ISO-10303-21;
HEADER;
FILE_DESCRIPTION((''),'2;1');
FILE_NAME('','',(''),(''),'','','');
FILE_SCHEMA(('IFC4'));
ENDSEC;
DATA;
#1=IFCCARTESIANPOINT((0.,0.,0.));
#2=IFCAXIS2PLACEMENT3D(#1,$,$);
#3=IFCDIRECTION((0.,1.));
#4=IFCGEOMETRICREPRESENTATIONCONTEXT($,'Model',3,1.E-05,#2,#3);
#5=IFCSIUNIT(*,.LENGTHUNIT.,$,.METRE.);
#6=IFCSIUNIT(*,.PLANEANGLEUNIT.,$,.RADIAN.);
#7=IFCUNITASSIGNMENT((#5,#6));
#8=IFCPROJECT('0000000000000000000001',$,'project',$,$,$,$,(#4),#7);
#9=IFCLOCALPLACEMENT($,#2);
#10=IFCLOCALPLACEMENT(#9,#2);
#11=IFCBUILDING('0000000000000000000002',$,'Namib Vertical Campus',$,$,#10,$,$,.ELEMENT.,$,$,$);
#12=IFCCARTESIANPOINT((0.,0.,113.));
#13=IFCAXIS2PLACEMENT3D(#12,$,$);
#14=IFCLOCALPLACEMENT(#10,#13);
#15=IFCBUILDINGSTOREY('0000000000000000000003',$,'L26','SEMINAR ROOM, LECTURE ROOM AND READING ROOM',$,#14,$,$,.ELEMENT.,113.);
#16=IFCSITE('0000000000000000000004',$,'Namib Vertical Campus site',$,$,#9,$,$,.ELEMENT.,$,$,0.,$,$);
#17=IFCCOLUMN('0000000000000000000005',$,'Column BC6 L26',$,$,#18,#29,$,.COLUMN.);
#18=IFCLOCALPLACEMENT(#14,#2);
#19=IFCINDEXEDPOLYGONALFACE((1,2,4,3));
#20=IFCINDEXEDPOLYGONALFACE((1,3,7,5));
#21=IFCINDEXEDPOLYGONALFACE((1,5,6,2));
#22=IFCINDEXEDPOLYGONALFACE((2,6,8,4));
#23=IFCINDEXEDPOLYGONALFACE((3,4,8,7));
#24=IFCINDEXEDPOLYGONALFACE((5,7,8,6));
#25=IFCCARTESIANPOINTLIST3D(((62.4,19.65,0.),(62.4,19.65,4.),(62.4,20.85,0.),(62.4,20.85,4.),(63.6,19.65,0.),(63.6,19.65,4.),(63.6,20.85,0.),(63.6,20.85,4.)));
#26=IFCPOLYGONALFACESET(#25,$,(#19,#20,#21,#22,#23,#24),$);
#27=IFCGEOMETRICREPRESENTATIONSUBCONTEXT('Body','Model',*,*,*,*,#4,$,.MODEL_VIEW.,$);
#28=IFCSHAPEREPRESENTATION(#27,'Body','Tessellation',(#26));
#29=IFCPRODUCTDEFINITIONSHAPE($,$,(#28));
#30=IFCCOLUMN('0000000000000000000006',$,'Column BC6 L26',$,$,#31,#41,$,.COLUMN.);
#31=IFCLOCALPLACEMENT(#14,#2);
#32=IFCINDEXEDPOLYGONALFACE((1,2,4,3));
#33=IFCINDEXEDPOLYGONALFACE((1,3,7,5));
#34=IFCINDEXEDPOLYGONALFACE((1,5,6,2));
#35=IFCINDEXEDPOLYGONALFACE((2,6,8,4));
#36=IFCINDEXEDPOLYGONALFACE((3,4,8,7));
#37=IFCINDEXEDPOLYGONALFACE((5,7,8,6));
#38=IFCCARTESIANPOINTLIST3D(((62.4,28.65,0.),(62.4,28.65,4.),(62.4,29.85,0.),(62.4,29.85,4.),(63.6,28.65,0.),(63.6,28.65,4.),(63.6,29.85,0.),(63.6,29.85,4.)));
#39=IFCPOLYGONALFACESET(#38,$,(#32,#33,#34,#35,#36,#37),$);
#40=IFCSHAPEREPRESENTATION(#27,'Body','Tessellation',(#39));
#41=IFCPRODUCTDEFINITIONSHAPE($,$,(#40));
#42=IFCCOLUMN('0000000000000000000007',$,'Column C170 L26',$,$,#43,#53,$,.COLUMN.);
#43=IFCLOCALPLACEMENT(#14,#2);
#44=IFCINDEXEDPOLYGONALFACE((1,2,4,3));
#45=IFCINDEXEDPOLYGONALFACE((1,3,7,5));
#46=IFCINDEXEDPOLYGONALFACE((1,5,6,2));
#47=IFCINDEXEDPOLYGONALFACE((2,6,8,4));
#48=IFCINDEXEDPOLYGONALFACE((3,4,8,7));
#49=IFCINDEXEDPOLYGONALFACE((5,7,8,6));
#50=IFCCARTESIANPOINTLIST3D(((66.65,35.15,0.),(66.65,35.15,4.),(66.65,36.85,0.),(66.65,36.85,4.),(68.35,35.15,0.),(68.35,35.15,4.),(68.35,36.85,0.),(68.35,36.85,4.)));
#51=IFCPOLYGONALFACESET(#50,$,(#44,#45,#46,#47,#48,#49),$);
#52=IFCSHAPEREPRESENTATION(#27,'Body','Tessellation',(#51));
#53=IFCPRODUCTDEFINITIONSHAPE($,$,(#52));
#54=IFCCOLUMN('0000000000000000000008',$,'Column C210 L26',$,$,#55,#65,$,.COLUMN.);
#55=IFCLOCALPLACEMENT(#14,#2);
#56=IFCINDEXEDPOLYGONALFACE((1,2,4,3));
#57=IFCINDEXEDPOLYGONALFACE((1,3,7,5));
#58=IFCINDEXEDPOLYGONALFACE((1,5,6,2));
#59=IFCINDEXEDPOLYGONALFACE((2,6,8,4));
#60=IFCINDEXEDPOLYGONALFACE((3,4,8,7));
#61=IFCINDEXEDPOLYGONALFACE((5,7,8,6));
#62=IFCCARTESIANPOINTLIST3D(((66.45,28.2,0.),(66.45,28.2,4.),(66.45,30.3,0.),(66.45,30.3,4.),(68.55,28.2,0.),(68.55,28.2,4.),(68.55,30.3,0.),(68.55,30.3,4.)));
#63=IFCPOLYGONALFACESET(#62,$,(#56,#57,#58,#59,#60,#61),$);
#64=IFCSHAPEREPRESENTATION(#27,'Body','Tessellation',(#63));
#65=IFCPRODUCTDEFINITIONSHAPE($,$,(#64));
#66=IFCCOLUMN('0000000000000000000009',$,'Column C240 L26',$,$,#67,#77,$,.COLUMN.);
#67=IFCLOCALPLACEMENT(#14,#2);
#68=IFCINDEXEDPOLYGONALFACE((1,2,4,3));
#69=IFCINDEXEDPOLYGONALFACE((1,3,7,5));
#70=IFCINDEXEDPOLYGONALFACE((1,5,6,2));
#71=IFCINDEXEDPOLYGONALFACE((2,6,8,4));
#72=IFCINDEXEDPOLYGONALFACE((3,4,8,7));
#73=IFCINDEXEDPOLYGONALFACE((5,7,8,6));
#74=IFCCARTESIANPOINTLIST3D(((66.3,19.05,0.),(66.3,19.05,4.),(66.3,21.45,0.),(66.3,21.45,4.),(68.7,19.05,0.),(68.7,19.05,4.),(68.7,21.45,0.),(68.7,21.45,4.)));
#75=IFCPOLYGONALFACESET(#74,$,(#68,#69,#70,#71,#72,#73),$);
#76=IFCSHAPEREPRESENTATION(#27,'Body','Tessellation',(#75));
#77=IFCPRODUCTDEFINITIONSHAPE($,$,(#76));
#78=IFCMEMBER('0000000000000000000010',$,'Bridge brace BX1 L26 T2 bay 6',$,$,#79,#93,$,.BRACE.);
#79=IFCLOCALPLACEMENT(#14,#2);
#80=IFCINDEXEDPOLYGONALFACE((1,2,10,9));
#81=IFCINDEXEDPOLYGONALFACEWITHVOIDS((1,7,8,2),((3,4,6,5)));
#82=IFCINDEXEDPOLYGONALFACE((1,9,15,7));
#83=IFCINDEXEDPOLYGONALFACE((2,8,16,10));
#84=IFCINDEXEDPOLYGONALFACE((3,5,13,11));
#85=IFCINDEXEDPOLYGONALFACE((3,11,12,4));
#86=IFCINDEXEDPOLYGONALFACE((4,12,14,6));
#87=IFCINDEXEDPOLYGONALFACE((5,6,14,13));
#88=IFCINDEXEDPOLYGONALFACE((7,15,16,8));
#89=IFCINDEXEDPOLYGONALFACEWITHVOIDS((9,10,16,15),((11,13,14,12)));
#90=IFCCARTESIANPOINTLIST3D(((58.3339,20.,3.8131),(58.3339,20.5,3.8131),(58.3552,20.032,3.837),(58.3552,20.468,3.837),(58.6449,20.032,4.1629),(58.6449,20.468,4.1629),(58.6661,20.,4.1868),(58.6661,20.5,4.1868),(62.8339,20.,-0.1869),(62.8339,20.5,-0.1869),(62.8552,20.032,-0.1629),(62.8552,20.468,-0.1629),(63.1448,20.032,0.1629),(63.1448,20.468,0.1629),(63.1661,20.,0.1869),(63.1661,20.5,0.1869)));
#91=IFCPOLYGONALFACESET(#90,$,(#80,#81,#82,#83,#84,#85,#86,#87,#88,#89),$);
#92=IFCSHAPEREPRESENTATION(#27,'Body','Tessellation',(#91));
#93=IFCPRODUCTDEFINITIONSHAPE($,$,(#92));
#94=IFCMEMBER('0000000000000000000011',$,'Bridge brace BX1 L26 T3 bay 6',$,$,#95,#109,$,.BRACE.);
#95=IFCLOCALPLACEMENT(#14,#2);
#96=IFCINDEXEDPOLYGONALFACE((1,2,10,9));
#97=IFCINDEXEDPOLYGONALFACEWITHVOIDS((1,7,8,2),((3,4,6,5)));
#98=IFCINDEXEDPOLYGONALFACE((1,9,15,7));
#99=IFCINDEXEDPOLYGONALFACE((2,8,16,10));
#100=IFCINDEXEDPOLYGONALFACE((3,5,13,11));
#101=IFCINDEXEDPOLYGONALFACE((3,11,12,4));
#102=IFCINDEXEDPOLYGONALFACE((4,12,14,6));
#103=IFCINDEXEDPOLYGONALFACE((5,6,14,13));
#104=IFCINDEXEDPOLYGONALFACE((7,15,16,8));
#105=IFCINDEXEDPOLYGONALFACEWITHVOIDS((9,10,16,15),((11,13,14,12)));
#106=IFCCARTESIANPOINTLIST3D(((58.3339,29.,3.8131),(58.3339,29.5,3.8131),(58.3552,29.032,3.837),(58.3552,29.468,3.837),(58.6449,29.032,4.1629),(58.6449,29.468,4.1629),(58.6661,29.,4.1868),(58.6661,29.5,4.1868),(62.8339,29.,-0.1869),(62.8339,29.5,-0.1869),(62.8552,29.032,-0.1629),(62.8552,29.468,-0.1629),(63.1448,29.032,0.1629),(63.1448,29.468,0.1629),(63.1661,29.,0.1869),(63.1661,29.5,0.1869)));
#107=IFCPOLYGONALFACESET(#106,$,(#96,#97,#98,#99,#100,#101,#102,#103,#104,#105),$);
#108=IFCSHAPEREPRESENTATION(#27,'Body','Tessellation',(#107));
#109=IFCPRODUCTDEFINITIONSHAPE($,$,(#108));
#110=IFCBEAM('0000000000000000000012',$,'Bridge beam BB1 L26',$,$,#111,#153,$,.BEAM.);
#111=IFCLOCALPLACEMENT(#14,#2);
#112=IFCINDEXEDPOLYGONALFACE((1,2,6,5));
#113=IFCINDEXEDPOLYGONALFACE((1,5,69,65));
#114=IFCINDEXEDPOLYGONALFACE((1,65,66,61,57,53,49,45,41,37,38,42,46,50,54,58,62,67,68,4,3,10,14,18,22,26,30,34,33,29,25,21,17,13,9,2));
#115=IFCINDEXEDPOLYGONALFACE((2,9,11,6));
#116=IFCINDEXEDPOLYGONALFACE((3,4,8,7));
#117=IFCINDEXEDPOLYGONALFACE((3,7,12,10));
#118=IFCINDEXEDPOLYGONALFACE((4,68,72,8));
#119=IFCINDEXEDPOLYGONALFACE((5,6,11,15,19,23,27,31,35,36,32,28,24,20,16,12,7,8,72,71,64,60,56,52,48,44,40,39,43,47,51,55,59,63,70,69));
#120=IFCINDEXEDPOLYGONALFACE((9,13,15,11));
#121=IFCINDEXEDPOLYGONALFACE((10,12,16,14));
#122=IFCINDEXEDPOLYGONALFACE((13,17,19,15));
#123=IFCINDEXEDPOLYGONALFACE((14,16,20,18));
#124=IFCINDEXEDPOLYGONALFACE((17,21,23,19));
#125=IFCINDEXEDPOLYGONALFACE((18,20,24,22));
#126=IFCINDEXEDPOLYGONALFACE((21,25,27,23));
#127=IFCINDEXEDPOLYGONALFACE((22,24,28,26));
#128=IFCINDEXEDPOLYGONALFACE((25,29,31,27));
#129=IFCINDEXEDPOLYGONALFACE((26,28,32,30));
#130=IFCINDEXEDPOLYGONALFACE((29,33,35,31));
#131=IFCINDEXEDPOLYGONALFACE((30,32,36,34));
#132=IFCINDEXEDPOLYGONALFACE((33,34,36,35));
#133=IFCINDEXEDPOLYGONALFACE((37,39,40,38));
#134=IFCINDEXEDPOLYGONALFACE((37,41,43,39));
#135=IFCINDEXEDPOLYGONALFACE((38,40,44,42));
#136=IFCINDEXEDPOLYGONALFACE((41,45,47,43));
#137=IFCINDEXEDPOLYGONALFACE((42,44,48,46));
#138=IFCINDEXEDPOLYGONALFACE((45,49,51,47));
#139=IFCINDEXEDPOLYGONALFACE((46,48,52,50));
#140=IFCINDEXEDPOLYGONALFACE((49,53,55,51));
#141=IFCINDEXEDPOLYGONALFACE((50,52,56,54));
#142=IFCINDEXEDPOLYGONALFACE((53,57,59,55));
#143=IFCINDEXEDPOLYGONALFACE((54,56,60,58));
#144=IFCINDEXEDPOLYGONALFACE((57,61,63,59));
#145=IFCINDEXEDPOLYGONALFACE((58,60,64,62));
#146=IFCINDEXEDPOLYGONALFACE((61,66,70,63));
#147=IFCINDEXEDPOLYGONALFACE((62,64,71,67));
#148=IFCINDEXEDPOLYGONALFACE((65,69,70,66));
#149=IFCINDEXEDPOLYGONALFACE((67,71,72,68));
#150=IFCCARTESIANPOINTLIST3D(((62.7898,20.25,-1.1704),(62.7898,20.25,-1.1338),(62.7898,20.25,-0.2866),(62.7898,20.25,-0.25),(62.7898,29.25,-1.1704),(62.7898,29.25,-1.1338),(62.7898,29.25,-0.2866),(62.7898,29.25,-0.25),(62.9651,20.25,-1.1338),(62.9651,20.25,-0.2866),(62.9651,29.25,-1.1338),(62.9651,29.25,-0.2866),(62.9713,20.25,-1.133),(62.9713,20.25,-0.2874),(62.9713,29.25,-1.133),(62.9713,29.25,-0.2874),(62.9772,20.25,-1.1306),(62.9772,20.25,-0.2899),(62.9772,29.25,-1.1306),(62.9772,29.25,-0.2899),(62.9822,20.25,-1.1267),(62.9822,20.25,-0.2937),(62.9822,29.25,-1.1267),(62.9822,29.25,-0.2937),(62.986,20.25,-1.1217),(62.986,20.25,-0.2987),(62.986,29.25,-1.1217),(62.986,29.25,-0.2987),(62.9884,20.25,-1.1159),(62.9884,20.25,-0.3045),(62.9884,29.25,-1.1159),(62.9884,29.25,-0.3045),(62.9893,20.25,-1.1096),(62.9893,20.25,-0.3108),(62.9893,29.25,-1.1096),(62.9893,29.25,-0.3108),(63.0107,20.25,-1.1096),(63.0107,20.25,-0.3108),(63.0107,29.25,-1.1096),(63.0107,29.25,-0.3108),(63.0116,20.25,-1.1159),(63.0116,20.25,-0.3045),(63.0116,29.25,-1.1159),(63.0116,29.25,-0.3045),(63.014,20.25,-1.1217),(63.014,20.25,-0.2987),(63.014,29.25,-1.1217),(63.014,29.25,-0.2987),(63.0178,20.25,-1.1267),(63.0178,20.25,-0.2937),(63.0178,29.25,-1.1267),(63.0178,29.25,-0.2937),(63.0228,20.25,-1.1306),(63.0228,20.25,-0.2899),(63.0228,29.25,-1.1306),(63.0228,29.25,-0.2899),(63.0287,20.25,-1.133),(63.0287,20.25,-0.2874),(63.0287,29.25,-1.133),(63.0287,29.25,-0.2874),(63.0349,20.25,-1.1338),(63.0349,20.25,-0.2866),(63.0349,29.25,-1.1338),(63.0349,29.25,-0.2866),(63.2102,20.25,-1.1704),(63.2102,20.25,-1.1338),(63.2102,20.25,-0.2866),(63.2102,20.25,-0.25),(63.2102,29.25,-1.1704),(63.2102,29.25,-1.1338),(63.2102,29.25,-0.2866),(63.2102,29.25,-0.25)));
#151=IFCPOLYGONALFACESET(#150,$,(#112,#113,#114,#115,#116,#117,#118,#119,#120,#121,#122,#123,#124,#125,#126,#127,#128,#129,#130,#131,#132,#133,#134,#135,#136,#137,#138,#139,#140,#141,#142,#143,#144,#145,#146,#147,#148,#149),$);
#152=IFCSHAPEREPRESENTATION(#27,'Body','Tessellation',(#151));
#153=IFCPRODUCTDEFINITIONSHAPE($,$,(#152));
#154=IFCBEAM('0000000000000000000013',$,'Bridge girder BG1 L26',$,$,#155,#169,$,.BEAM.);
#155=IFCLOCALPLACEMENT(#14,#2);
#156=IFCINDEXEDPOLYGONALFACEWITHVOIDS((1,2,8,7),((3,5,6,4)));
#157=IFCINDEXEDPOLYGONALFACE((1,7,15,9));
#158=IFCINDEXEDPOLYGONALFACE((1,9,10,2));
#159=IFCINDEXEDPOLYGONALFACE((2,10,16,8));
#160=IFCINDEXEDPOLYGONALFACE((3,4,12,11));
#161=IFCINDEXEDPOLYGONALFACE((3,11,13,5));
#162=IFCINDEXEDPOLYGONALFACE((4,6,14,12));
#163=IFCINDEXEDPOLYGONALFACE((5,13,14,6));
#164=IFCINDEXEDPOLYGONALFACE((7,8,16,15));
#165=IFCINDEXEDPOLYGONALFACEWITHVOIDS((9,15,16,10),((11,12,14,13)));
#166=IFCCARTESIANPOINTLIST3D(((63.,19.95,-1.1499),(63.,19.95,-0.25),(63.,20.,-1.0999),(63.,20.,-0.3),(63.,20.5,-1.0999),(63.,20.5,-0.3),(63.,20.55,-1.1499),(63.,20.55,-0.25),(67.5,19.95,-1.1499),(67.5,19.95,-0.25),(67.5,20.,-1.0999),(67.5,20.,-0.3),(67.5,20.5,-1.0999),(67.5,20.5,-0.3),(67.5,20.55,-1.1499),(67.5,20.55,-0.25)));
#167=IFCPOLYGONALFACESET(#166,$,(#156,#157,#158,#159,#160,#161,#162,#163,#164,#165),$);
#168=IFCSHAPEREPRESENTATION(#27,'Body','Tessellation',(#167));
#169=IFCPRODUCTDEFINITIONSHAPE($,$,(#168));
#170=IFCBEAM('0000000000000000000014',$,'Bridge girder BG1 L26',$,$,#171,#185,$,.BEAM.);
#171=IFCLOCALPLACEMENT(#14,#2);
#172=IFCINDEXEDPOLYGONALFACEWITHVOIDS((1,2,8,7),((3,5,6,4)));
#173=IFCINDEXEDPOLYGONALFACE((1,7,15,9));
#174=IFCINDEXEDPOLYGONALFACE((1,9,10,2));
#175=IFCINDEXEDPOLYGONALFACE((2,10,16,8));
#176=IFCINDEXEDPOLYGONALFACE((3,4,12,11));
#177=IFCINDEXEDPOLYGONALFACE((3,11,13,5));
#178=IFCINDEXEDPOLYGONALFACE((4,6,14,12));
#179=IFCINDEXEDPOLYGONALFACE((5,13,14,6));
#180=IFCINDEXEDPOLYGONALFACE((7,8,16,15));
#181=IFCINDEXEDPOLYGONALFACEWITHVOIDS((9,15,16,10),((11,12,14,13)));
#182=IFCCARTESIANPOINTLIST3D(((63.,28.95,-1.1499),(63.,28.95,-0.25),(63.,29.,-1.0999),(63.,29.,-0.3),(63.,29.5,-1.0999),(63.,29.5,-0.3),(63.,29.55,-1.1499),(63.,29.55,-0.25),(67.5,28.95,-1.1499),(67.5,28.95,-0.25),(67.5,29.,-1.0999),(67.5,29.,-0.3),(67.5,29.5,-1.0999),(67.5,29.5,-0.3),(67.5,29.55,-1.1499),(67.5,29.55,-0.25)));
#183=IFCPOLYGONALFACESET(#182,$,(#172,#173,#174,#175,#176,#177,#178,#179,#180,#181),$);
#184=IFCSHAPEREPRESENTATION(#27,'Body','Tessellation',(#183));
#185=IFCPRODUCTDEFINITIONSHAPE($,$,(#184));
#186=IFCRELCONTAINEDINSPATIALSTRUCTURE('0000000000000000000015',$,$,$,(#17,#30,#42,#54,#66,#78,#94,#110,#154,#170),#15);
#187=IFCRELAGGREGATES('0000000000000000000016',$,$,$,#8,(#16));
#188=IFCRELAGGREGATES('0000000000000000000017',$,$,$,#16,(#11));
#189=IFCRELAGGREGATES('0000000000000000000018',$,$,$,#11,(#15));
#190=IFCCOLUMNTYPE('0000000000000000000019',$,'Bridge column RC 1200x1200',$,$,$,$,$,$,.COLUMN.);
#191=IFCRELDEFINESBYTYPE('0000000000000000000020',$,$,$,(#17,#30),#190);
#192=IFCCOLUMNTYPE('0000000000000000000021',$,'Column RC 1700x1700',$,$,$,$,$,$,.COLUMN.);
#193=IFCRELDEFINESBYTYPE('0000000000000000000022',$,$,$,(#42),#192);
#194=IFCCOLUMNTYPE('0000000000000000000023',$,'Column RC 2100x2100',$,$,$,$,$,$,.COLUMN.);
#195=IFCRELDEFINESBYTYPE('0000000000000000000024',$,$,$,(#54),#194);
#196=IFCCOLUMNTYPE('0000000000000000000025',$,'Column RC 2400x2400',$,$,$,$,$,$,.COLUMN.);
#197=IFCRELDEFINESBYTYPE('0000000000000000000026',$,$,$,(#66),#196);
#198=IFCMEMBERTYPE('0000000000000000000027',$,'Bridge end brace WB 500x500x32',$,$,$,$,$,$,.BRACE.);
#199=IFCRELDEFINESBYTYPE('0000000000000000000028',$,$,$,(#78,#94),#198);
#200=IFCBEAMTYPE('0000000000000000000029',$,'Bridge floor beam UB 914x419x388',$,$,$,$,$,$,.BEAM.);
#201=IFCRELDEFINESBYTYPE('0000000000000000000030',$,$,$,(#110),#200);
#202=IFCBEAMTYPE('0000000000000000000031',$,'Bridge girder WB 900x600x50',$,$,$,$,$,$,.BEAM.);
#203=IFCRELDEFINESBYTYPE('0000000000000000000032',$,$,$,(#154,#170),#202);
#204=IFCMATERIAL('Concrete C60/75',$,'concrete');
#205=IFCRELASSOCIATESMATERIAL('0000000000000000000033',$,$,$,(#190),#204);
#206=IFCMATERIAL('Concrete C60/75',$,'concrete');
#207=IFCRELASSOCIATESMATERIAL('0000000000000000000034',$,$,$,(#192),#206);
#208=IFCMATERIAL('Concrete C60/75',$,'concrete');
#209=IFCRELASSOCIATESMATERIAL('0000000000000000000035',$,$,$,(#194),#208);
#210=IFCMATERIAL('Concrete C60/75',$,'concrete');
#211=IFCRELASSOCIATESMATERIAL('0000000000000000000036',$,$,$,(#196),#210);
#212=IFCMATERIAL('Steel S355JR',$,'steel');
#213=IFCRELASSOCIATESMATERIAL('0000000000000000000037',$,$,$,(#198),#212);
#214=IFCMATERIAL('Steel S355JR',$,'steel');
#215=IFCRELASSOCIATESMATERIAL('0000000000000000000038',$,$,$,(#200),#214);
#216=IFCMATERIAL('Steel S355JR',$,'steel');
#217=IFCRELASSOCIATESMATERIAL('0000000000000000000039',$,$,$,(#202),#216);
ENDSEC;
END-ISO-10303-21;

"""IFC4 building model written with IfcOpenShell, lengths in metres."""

from ifc_helpers import new_model, si_unit, direction, frame, origin, origin_2d, place, context, subcontext, project, spatial, rectangle, hollow_rectangle, i_section, extrude, material, material_profile, profile_set, type_object, element, save


model = new_model("IFC4")

# Units and contexts
model_context = context("Model", 3, precision=1e-05, world=origin(), true_north=direction((0.0, 1.0)))
body_context = subcontext(model_context, "Body", "Model", "MODEL_VIEW")
ifc_project = project(units=[si_unit("LENGTHUNIT", "METRE"), si_unit("PLANEANGLEUNIT", "RADIAN")], contexts=[model_context])

# Site, building, storey
site_placement = place(None, origin())
site = spatial("IfcSite", under=ifc_project, at=site_placement, Name="Namib Vertical Campus site", CompositionType="ELEMENT", RefElevation=0.0)
building_placement = place(site_placement, origin())
building = spatial("IfcBuilding", under=site, at=building_placement, Name="Namib Vertical Campus", CompositionType="ELEMENT")
storey_placement = place(building_placement, frame((0.0, 0.0, 113.0)))
storey = spatial("IfcBuildingStorey", under=building, at=storey_placement, Name="L26", Description="SEMINAR ROOM, LECTURE ROOM AND READING ROOM", CompositionType="ELEMENT", Elevation=113.0)

# Columns
ifc_material_1 = material(Name="Concrete C60/75", Category="concrete")
ifc_material_profile_1 = material_profile(ifc_material_1, rectangle(XDim=1.2, YDim=1.2, at=origin_2d()))
ifc_profile_set_1 = profile_set([ifc_material_profile_1], Name="Concrete C60/75")
column_type_1 = type_object("IfcColumnType", Name="Bridge column RC 1200x1200", PredefinedType="COLUMN", material=ifc_profile_set_1)
for number, where, z_axis, x_axis, name in (
    (1, (63.0, 20.25, 0.0), (0.0, 0.0, 1.0), (1.0, 0.0, 0.0), "Column BC6 L26"),
    (2, (63.0, 29.25, 0.0), (0.0, 0.0, 1.0), (1.0, 0.0, 0.0), "Column BC6 L26"),
):
    element("IfcColumn", number, at=place(storey_placement, frame(where, z_axis=z_axis, x_axis=x_axis)), inside=storey, type_object=column_type_1, Name=name, PredefinedType="COLUMN", context=body_context, shape_type="SweptSolid", body=[
        extrude(rectangle(XDim=1.2, YDim=1.2, at=origin_2d()), origin(), (0.0, 0.0, 1.0), 4.0),
    ])
ifc_material_2 = material(Name="Concrete C60/75", Category="concrete")
ifc_material_profile_2 = material_profile(ifc_material_2, rectangle(XDim=1.7, YDim=1.7, at=origin_2d()))
ifc_profile_set_2 = profile_set([ifc_material_profile_2], Name="Concrete C60/75")
column_type_2 = type_object("IfcColumnType", Name="Column RC 1700x1700", PredefinedType="COLUMN", material=ifc_profile_set_2)
column_1_placement = place(storey_placement, frame((67.5, 36.0, 0.0), z_axis=(0.0, 0.0, 1.0), x_axis=(1.0, 0.0, 0.0)))
element("IfcColumn", 3, at=column_1_placement, inside=storey, type_object=column_type_2, Name="Column C170 L26", PredefinedType="COLUMN", context=body_context, shape_type="SweptSolid", body=[
    extrude(rectangle(XDim=1.7, YDim=1.7, at=origin_2d()), origin(), (0.0, 0.0, 1.0), 4.0),
])
ifc_material_3 = material(Name="Concrete C60/75", Category="concrete")
ifc_material_profile_3 = material_profile(ifc_material_3, rectangle(XDim=2.1001, YDim=2.1001, at=origin_2d()))
ifc_profile_set_3 = profile_set([ifc_material_profile_3], Name="Concrete C60/75")
column_type_3 = type_object("IfcColumnType", Name="Column RC 2100x2100", PredefinedType="COLUMN", material=ifc_profile_set_3)
column_2_placement = place(storey_placement, frame((67.5, 29.25, 0.0), z_axis=(0.0, 0.0, 1.0), x_axis=(1.0, 0.0, 0.0)))
element("IfcColumn", 4, at=column_2_placement, inside=storey, type_object=column_type_3, Name="Column C210 L26", PredefinedType="COLUMN", context=body_context, shape_type="SweptSolid", body=[
    extrude(rectangle(XDim=2.1001, YDim=2.1001, at=origin_2d()), origin(), (0.0, 0.0, 1.0), 4.0),
])
ifc_material_4 = material(Name="Concrete C60/75", Category="concrete")
ifc_material_profile_4 = material_profile(ifc_material_4, rectangle(XDim=2.3999, YDim=2.3999, at=origin_2d()))
ifc_profile_set_4 = profile_set([ifc_material_profile_4], Name="Concrete C60/75")
column_type_4 = type_object("IfcColumnType", Name="Column RC 2400x2400", PredefinedType="COLUMN", material=ifc_profile_set_4)
column_3_placement = place(storey_placement, frame((67.5, 20.25, 0.0), z_axis=(0.0, 0.0, 1.0), x_axis=(1.0, 0.0, 0.0)))
element("IfcColumn", 5, at=column_3_placement, inside=storey, type_object=column_type_4, Name="Column C240 L26", PredefinedType="COLUMN", context=body_context, shape_type="SweptSolid", body=[
    extrude(rectangle(XDim=2.3999, YDim=2.3999, at=origin_2d()), origin(), (0.0, 0.0, 1.0), 4.0),
])

# Members
ifc_material_5 = material(Name="Steel S355JR", Category="steel")
ifc_material_profile_5 = material_profile(ifc_material_5, hollow_rectangle(XDim=0.5, YDim=0.5, WallThickness=0.032, at=origin_2d()))
ifc_profile_set_5 = profile_set([ifc_material_profile_5], Name="Steel S355JR")
member_type_1 = type_object("IfcMemberType", Name="Bridge end brace WB 500x500x32", PredefinedType="BRACE", material=ifc_profile_set_5)
for number, where, z_axis, x_axis, name in (
    (6, (63.0, 20.25, 0.0), (-0.747409, 0.0, 0.664364), (0.0, -1.0, 0.0), "Bridge brace BX1 L26 T2 bay 6"),
    (7, (63.0, 29.25, 0.0), (-0.747409, 0.0, 0.664364), (0.0, -1.0, 0.0), "Bridge brace BX1 L26 T3 bay 6"),
):
    element("IfcMember", number, at=place(storey_placement, frame(where, z_axis=z_axis, x_axis=x_axis)), inside=storey, type_object=member_type_1, Name=name, PredefinedType="BRACE", context=body_context, shape_type="SweptSolid", body=[
        extrude(hollow_rectangle(XDim=0.5, YDim=0.5, WallThickness=0.032, at=origin_2d()), origin(), (0.0, 0.0, 1.0), 6.0208),
    ])

# Beams
ifc_material_6 = material(Name="Steel S355JR", Category="steel")
ifc_material_profile_6 = material_profile(ifc_material_6, i_section(OverallWidth=0.4204, OverallDepth=0.9204, WebThickness=0.0215, FlangeThickness=0.0366, FilletRadius=0.0242, at=origin_2d()))
ifc_profile_set_6 = profile_set([ifc_material_profile_6], Name="Steel S355JR")
beam_type_1 = type_object("IfcBeamType", Name="Bridge floor beam UB 914x419x388", PredefinedType="BEAM", material=ifc_profile_set_6)
beam_1_placement = place(storey_placement, frame((63.0, 20.25, -0.7102), z_axis=(0.0, 1.0, 0.0), x_axis=(-1.0, 0.0, 0.0)))
element("IfcBeam", 8, at=beam_1_placement, inside=storey, type_object=beam_type_1, Name="Bridge beam BB1 L26", PredefinedType="BEAM", context=body_context, shape_type="SweptSolid", body=[
    extrude(i_section(OverallWidth=0.4204, OverallDepth=0.9204, WebThickness=0.0215, FlangeThickness=0.0366, FilletRadius=0.0242, at=origin_2d()), origin(), (0.0, 0.0, 1.0), 9.0),
])
ifc_material_7 = material(Name="Steel S355JR", Category="steel")
ifc_material_profile_7 = material_profile(ifc_material_7, hollow_rectangle(XDim=0.6001, YDim=0.8999, WallThickness=0.05, at=origin_2d()))
ifc_profile_set_7 = profile_set([ifc_material_profile_7], Name="Steel S355JR")
beam_type_2 = type_object("IfcBeamType", Name="Bridge girder WB 900x600x50", PredefinedType="BEAM", material=ifc_profile_set_7)
for number, where, z_axis, x_axis, name in (
    (9, (63.0, 20.25, -0.7), (1.0, 0.0, 0.0), (0.0, 1.0, 0.0), "Bridge girder BG1 L26"),
    (10, (63.0, 29.25, -0.7), (1.0, 0.0, 0.0), (0.0, 1.0, 0.0), "Bridge girder BG1 L26"),
):
    element("IfcBeam", number, at=place(storey_placement, frame(where, z_axis=z_axis, x_axis=x_axis)), inside=storey, type_object=beam_type_2, Name=name, PredefinedType="BEAM", context=body_context, shape_type="SweptSolid", body=[
        extrude(hollow_rectangle(XDim=0.6001, YDim=0.8999, WallThickness=0.05, at=origin_2d()), origin(), (0.0, 0.0, 1.0), 4.5),
    ])

save(model, "model.ifc")
